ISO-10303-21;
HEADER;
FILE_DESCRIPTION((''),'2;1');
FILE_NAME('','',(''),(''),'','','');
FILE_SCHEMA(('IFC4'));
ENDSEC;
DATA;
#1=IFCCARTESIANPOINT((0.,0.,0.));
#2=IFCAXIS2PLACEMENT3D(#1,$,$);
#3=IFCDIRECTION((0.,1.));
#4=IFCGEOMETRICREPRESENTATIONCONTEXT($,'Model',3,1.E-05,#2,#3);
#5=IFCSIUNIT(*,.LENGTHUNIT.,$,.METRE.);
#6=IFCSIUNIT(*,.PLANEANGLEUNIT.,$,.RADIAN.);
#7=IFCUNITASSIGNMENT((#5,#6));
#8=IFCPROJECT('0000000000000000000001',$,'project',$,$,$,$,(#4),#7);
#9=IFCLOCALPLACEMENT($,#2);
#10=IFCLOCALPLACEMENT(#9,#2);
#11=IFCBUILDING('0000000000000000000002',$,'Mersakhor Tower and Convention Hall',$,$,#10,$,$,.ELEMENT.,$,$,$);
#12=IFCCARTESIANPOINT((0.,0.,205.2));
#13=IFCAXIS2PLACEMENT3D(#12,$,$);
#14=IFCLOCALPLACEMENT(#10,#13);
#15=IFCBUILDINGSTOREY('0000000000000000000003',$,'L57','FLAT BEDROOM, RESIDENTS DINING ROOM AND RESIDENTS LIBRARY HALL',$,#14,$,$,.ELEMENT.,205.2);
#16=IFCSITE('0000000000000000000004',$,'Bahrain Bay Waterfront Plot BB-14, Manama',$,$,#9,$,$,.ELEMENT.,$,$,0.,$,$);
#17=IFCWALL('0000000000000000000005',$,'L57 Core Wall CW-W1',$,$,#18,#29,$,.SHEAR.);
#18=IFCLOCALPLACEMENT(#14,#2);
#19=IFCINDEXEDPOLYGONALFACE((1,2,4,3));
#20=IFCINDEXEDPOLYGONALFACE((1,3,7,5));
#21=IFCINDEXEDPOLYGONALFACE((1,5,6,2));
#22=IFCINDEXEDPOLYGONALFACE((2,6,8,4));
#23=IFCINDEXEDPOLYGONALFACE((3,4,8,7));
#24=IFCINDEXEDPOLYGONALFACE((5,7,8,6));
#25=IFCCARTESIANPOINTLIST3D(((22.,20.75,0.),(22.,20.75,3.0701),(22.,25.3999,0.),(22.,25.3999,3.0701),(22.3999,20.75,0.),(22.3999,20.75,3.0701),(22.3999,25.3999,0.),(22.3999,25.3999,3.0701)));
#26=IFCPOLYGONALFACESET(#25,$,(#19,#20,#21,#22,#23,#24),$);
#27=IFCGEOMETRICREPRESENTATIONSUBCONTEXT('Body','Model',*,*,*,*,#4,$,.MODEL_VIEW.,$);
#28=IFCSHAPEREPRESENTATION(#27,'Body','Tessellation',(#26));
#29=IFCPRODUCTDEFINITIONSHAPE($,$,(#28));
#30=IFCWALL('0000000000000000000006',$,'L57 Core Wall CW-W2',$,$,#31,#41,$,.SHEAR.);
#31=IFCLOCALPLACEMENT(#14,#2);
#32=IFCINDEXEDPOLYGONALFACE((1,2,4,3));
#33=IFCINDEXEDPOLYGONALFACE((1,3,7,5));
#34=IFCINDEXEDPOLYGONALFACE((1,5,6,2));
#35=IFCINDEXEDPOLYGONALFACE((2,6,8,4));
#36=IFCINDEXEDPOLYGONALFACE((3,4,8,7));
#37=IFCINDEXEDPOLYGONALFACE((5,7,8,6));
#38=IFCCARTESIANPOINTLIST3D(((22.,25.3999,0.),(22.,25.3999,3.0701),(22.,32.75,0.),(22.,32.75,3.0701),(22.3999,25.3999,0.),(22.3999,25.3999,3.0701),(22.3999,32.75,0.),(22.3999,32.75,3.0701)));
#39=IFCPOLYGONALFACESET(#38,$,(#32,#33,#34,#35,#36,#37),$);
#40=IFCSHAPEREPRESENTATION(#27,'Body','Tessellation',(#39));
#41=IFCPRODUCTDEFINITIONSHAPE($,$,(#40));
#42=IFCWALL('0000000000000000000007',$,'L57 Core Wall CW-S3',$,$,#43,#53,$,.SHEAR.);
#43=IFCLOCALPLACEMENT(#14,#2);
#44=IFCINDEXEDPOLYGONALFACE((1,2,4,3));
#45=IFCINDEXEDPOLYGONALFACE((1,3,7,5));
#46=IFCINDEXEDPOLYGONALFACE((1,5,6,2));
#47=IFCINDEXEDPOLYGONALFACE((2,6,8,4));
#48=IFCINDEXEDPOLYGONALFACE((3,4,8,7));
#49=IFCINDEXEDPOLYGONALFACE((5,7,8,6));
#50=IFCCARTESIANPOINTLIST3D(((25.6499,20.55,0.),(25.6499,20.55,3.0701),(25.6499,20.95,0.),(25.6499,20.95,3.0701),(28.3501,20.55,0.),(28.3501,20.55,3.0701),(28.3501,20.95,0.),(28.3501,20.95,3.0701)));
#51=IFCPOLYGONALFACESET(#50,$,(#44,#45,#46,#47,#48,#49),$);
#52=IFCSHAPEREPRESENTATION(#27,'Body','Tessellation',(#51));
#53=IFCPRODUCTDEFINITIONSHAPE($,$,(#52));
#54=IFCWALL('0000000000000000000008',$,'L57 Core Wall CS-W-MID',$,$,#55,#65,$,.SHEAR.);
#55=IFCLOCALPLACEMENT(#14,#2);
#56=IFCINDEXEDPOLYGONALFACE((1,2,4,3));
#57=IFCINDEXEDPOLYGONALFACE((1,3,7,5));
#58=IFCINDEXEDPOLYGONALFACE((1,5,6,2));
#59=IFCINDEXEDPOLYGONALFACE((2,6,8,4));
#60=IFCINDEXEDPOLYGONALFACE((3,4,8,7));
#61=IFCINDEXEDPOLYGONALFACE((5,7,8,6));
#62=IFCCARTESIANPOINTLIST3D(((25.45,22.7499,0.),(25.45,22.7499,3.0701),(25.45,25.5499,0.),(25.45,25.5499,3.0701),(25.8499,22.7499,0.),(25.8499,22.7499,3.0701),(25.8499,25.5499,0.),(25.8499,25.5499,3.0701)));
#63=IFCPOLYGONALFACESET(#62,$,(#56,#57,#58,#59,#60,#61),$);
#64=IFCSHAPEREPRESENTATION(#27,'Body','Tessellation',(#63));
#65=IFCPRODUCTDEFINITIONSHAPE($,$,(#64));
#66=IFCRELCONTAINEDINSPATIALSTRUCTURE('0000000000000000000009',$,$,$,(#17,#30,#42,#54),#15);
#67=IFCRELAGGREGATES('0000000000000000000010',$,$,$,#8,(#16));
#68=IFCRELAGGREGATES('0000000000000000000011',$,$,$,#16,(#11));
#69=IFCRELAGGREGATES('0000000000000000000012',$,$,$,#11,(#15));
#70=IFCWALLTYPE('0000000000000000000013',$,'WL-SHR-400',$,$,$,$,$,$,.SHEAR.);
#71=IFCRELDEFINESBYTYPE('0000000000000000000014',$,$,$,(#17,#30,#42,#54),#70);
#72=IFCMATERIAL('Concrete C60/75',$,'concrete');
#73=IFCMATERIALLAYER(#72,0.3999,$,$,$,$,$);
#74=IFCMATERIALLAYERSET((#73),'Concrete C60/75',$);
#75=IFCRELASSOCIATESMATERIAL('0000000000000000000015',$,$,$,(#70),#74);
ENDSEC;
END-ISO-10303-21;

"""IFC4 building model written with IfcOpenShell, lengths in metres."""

from ifc_helpers import new_model, si_unit, direction, frame, frame_2d, origin, place, context, subcontext, project, spatial, rectangle, extrude, material, layer, layer_set, type_object, element, save


model = new_model("IFC4")

# Units and contexts
model_context = context("Model", 3, precision=1e-05, world=origin(), true_north=direction((0.0, 1.0)))
body_context = subcontext(model_context, "Body", "Model", "MODEL_VIEW")
ifc_project = project(units=[si_unit("LENGTHUNIT", "METRE"), si_unit("PLANEANGLEUNIT", "RADIAN")], contexts=[model_context])

# Site, building, storey
site_placement = place(None, origin())
site = spatial("IfcSite", under=ifc_project, at=site_placement, Name="Bahrain Bay Waterfront Plot BB-14, Manama", CompositionType="ELEMENT", RefElevation=0.0)
building_placement = place(site_placement, origin())
building = spatial("IfcBuilding", under=site, at=building_placement, Name="Mersakhor Tower and Convention Hall", CompositionType="ELEMENT")
storey_placement = place(building_placement, frame((0.0, 0.0, 205.2)))
storey = spatial("IfcBuildingStorey", under=building, at=storey_placement, Name="L57", Description="FLAT BEDROOM, RESIDENTS DINING ROOM AND RESIDENTS LIBRARY HALL", CompositionType="ELEMENT", Elevation=205.2)

# Walls
ifc_material_1 = material(Name="Concrete C60/75", Category="concrete")
ifc_layer_1 = layer(ifc_material_1, 0.3999)
ifc_layer_set_1 = layer_set([ifc_layer_1], Name="Concrete C60/75")
wall_type_1 = type_object("IfcWallType", Name="WL-SHR-400", PredefinedType="SHEAR", material=ifc_layer_set_1)
wall_1_placement = place(storey_placement, frame((22.2, 20.75, 0.0), z_axis=(0.0, 0.0, 1.0), x_axis=(0.0, 1.0, 0.0)))
element("IfcWall", 1, at=wall_1_placement, inside=storey, type_object=wall_type_1, Name="L57 Core Wall CW-W1", PredefinedType="SHEAR", context=body_context, shape_type="SweptSolid", body=[
    extrude(rectangle(XDim=4.6499, YDim=0.3999, at=frame_2d((2.325, 0.0))), origin(), (0.0, 0.0, 1.0), 3.0701),
])
wall_2_placement = place(storey_placement, frame((22.2, 25.3999, 0.0), z_axis=(0.0, 0.0, 1.0), x_axis=(0.0, 1.0, 0.0)))
element("IfcWall", 2, at=wall_2_placement, inside=storey, type_object=wall_type_1, Name="L57 Core Wall CW-W2", PredefinedType="SHEAR", context=body_context, shape_type="SweptSolid", body=[
    extrude(rectangle(XDim=7.3501, YDim=0.3999, at=frame_2d((3.675, 0.0))), origin(), (0.0, 0.0, 1.0), 3.0701),
])
wall_3_placement = place(storey_placement, frame((28.3501, 20.75, 0.0), z_axis=(0.0, 0.0, 1.0), x_axis=(-1.0, 0.0, 0.0)))
element("IfcWall", 3, at=wall_3_placement, inside=storey, type_object=wall_type_1, Name="L57 Core Wall CW-S3", PredefinedType="SHEAR", context=body_context, shape_type="SweptSolid", body=[
    extrude(rectangle(XDim=2.7002, YDim=0.3999, at=frame_2d((1.3501, 0.0))), origin(), (0.0, 0.0, 1.0), 3.0701),
])

# Wall
wall_4_placement = place(storey_placement, frame((25.6499, 22.75, 0.0), z_axis=(0.0, 0.0, 1.0), x_axis=(0.0, 1.0, 0.0)))
element("IfcWall", 4, at=wall_4_placement, inside=storey, type_object=wall_type_1, Name="L57 Core Wall CS-W-MID", PredefinedType="SHEAR", context=body_context, shape_type="SweptSolid", body=[
    extrude(rectangle(XDim=2.8, YDim=0.3999, at=frame_2d((1.3999, 0.0))), origin(), (0.0, 0.0, 1.0), 3.0701),
])

save(model, "model.ifc")
